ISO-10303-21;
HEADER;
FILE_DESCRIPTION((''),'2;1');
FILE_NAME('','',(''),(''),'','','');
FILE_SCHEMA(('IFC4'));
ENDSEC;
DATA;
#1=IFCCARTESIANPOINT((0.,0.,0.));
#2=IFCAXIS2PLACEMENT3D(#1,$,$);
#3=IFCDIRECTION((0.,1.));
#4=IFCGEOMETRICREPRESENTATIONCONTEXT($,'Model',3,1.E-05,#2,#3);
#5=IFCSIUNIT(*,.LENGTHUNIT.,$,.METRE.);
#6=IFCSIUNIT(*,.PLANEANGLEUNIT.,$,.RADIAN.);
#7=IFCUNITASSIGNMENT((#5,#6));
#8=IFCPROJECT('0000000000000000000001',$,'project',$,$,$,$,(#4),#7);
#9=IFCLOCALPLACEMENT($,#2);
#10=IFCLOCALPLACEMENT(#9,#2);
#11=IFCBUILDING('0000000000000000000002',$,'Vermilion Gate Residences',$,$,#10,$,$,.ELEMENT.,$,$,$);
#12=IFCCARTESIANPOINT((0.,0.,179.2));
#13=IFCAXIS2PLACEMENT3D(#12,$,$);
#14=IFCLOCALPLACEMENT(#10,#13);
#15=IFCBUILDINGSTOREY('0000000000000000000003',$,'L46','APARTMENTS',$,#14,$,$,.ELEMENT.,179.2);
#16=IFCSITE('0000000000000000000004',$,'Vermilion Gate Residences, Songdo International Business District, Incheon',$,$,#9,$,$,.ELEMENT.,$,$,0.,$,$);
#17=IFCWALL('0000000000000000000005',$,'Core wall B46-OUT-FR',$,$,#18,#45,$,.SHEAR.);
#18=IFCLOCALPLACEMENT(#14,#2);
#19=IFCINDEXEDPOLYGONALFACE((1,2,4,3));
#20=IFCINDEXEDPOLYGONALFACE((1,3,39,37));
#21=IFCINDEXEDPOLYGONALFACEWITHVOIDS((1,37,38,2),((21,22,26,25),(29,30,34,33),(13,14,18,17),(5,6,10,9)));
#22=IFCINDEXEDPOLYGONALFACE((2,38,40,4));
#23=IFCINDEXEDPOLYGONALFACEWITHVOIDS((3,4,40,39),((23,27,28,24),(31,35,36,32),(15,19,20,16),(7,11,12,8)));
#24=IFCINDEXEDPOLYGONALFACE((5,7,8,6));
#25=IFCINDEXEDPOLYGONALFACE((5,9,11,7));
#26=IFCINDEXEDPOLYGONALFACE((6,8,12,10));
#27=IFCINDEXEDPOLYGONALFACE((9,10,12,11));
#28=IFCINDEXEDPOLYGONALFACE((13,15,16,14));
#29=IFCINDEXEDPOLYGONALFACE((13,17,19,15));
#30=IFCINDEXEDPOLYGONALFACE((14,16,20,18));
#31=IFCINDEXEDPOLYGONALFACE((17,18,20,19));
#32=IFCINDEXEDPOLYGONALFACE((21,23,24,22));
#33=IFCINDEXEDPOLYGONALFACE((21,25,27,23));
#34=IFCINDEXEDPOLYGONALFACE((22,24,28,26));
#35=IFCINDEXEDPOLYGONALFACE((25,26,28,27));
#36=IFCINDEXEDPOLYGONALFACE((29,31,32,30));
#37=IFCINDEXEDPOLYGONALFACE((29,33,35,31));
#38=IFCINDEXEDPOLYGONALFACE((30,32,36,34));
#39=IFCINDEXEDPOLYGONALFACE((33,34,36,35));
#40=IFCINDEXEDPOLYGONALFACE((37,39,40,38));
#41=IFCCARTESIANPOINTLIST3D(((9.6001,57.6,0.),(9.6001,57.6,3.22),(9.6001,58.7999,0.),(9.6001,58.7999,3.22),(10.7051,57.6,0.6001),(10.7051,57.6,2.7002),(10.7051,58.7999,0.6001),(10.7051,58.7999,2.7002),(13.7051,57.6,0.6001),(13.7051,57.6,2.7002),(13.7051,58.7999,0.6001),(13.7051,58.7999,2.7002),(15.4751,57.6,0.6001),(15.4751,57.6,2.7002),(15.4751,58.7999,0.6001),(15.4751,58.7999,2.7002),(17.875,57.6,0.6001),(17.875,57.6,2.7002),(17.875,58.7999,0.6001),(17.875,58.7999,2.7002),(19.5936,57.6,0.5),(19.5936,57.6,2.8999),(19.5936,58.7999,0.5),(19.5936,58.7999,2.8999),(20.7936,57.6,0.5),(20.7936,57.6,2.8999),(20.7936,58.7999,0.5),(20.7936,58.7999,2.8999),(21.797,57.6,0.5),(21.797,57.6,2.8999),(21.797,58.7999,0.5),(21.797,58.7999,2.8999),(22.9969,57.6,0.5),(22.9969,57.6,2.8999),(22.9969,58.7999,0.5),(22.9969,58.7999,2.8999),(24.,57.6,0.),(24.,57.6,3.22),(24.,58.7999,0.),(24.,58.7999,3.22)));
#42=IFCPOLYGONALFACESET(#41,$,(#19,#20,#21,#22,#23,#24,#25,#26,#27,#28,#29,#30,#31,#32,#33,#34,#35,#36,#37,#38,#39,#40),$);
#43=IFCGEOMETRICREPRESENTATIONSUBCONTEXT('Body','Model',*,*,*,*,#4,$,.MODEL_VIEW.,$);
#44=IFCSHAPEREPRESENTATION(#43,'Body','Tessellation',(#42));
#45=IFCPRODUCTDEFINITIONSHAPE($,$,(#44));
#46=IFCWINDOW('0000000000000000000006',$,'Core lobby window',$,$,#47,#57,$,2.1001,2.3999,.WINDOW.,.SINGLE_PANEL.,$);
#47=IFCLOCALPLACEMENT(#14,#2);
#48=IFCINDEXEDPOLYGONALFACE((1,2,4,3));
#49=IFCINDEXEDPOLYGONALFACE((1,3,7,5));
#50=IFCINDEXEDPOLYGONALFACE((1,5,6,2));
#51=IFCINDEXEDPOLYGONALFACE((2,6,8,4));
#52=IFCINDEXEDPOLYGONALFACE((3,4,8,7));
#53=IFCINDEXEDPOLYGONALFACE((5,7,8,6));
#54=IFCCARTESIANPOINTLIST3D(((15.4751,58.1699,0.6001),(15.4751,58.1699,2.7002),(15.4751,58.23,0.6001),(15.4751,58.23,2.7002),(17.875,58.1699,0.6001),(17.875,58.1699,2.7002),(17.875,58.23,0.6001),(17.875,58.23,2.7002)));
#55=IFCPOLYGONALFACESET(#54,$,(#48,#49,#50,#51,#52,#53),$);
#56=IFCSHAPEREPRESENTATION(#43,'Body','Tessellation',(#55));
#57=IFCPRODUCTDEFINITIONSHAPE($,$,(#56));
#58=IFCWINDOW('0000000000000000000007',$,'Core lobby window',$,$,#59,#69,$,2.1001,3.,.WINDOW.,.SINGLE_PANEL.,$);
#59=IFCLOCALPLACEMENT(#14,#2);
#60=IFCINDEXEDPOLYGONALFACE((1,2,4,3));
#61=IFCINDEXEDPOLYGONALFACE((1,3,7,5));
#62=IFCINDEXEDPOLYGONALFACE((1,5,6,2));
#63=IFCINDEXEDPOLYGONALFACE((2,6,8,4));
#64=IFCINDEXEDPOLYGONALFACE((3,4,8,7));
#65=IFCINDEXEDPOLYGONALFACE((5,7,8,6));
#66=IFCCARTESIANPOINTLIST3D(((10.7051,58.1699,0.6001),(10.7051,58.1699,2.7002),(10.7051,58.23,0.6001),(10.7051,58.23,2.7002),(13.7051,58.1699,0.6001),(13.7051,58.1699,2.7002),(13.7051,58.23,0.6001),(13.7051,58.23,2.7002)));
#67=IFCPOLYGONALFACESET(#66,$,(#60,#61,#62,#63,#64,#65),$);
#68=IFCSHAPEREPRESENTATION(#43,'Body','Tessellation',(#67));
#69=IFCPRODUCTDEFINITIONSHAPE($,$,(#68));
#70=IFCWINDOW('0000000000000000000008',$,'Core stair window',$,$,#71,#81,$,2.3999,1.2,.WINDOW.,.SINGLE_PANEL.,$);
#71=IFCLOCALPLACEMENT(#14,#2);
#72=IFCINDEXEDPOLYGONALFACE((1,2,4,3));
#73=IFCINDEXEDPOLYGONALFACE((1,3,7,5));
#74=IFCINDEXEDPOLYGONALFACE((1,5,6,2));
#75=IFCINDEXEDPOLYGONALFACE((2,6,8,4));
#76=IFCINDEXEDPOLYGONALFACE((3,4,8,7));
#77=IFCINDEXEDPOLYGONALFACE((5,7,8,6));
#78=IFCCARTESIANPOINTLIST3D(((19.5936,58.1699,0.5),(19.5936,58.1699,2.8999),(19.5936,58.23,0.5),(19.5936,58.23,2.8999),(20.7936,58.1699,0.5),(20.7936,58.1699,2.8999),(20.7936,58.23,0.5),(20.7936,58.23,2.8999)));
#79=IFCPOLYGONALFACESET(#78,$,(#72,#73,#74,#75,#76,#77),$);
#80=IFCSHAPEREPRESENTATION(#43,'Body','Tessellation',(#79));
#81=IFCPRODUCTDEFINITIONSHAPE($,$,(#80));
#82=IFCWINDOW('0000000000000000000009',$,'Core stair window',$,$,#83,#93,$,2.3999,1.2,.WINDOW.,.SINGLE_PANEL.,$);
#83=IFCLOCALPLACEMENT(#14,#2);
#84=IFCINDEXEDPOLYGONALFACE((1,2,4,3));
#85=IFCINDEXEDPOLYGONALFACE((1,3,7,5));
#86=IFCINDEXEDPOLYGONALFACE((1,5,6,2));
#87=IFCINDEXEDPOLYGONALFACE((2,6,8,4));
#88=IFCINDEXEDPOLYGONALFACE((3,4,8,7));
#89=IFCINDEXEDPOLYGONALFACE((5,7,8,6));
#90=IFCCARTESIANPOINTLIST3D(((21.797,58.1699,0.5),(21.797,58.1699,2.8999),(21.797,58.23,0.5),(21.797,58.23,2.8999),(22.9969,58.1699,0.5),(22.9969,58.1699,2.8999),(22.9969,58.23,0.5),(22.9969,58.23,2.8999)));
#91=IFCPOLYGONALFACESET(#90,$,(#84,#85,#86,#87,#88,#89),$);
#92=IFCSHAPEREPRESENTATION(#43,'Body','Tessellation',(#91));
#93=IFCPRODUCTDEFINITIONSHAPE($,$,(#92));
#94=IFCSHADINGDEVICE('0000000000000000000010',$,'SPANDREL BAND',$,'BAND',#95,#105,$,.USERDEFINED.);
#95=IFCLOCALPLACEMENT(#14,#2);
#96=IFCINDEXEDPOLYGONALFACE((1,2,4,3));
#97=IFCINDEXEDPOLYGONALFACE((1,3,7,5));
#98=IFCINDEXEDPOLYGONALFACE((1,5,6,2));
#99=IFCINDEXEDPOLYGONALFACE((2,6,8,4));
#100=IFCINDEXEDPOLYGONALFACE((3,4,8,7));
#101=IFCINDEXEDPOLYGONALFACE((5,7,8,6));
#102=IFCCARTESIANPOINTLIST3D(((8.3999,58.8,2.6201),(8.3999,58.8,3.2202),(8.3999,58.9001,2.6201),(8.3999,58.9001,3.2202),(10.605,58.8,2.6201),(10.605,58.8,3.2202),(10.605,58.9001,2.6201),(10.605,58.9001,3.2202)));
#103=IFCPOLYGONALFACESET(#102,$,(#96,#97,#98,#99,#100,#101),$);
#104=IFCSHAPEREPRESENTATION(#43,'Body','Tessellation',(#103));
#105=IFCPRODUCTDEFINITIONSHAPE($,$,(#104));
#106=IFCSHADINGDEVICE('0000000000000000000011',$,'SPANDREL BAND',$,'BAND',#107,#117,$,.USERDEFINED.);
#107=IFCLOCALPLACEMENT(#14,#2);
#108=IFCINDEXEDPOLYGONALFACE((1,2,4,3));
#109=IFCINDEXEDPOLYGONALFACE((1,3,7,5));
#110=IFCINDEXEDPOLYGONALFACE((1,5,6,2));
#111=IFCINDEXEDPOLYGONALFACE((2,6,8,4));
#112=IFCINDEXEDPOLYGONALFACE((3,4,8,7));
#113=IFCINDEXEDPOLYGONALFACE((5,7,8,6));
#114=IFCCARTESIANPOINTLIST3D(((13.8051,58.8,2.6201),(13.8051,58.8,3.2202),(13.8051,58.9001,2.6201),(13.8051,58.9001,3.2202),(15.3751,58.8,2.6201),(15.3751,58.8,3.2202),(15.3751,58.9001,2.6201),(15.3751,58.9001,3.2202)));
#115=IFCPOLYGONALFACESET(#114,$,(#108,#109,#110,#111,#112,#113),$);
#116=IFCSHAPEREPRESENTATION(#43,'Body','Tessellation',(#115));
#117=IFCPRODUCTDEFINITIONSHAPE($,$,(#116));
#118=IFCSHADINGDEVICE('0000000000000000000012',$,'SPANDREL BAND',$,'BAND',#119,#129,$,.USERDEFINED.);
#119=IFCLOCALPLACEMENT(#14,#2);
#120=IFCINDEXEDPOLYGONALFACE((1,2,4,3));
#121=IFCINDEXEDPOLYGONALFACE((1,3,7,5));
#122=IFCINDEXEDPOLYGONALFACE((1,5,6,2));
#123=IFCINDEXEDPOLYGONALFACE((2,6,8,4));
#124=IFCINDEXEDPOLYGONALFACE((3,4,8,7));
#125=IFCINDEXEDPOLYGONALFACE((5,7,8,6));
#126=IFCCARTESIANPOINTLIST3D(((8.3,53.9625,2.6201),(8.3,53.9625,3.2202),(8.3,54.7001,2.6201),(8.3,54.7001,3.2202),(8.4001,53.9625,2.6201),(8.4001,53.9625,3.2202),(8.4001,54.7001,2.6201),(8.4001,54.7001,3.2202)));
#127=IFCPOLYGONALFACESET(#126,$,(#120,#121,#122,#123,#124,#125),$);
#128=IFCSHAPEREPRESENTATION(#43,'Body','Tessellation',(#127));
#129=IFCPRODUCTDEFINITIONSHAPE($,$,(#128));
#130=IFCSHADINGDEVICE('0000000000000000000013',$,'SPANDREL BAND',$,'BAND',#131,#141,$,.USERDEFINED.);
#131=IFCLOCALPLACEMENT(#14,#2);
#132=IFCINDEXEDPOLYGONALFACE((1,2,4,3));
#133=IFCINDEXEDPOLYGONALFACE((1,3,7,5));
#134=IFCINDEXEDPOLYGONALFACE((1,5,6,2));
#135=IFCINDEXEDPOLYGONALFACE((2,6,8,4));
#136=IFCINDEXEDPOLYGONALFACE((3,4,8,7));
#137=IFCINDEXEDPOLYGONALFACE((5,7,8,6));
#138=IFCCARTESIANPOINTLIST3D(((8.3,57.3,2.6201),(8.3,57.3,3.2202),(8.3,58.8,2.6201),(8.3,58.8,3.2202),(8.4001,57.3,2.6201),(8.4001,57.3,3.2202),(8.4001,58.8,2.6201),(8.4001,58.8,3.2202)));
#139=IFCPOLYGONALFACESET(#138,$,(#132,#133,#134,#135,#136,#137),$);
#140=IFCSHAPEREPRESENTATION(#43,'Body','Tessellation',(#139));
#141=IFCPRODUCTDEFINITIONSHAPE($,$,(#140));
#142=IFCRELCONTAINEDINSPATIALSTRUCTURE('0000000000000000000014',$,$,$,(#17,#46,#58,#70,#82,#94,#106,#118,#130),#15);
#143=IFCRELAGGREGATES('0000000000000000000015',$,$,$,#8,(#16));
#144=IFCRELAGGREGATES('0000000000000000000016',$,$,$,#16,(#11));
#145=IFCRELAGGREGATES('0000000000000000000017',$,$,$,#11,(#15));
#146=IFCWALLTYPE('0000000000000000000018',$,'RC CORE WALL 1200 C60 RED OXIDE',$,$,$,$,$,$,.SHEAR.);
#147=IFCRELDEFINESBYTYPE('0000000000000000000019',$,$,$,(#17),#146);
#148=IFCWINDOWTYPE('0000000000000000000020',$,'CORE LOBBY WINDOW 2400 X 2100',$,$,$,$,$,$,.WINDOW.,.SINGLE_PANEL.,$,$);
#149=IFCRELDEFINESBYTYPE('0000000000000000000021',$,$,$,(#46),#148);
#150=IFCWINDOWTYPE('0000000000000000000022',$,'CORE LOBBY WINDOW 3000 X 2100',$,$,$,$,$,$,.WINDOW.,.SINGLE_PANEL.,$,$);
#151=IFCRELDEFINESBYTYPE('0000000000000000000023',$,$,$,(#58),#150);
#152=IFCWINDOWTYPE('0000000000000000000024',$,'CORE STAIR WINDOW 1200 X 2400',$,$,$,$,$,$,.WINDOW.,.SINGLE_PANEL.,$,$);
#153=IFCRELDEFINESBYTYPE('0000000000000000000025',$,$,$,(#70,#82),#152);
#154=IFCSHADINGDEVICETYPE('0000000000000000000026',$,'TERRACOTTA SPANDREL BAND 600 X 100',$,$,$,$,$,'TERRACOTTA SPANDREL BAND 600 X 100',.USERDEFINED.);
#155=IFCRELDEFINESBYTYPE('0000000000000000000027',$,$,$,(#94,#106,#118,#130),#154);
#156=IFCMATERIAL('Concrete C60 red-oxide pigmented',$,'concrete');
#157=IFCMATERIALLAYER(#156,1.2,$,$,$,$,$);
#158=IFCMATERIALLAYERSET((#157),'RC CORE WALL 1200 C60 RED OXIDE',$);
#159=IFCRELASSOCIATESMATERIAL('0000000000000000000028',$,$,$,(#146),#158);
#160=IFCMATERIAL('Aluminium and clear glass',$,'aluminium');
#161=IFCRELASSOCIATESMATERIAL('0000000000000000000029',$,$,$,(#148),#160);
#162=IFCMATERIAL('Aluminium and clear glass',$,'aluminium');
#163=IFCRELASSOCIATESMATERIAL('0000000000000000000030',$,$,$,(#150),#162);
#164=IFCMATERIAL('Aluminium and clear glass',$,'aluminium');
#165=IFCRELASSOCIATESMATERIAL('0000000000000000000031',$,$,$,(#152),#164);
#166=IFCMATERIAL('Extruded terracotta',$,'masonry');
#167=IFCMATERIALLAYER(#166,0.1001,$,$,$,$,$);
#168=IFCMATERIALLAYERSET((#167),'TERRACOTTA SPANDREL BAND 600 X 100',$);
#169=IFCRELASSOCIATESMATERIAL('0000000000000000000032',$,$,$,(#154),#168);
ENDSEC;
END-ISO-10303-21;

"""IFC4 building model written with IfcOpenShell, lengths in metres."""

from ifc_helpers import new_model, si_unit, direction, frame, frame_2d, origin, origin_2d, place, context, subcontext, project, spatial, rectangle, extrude, material, layer, layer_set, type_object, element, fill, save


model = new_model("IFC4")

# Units and contexts
model_context = context("Model", 3, precision=1e-05, world=origin(), true_north=direction((0.0, 1.0)))
body_context = subcontext(model_context, "Body", "Model", "MODEL_VIEW")
ifc_project = project(units=[si_unit("LENGTHUNIT", "METRE"), si_unit("PLANEANGLEUNIT", "RADIAN")], contexts=[model_context])

# Site, building, storey
site_placement = place(None, origin())
site = spatial("IfcSite", under=ifc_project, at=site_placement, Name="Vermilion Gate Residences, Songdo International Business District, Incheon", CompositionType="ELEMENT", RefElevation=0.0)
building_placement = place(site_placement, origin())
building = spatial("IfcBuilding", under=site, at=building_placement, Name="Vermilion Gate Residences", CompositionType="ELEMENT")
storey_placement = place(building_placement, frame((0.0, 0.0, 179.2)))
storey = spatial("IfcBuildingStorey", under=building, at=storey_placement, Name="L46", Description="APARTMENTS", CompositionType="ELEMENT", Elevation=179.2)

# Wall, openings, windows
ifc_material_1 = material(Name="Concrete C60 red-oxide pigmented", Category="concrete")
ifc_layer_1 = layer(ifc_material_1, 1.2)
ifc_layer_set_1 = layer_set([ifc_layer_1], Name="RC CORE WALL 1200 C60 RED OXIDE")
wall_type_1 = type_object("IfcWallType", Name="RC CORE WALL 1200 C60 RED OXIDE", PredefinedType="SHEAR", material=ifc_layer_set_1)
ifc_material_2 = material(Name="Aluminium and clear glass", Category="aluminium")
window_type_1 = type_object("IfcWindowType", Name="CORE LOBBY WINDOW 2400 X 2100", PartitioningType="SINGLE_PANEL", PredefinedType="WINDOW", material=ifc_material_2)
wall_1_placement = place(storey_placement, frame((9.6001, 58.2, 0.0), z_axis=(0.0, 0.0, 1.0), x_axis=(1.0, 0.0, 0.0)))
wall_1 = element("IfcWall", 1, at=wall_1_placement, inside=storey, type_object=wall_type_1, Name="Core wall B46-OUT-FR", PredefinedType="SHEAR", context=body_context, shape_type="SweptSolid", body=[
    extrude(rectangle(XDim=14.3999, YDim=1.2, at=frame_2d((7.2, 0.0))), origin(), (0.0, 0.0, 1.0), 3.22),
])
opening_1_placement = place(wall_1_placement, frame((1.105, 0.0, 0.6001)))
opening_1 = element("IfcOpeningElement", 2, at=opening_1_placement, cuts=wall_1, PredefinedType="OPENING", context=body_context, shape_type="SweptSolid", body=[
    extrude(rectangle(XDim=3.0, YDim=2.1001, at=frame_2d((1.5, 1.05))), frame((0.0, 0.6099, 0.0), z_axis=(0.0, -1.0, 0.0), x_axis=(1.0, 0.0, 0.0)), (0.0, 0.0, 1.0), 1.22),
])
opening_2_placement = place(wall_1_placement, frame((5.875, 0.0, 0.6001)))
opening_2 = element("IfcOpeningElement", 3, at=opening_2_placement, cuts=wall_1, PredefinedType="OPENING", context=body_context, shape_type="SweptSolid", body=[
    extrude(rectangle(XDim=2.3999, YDim=2.1001, at=frame_2d((1.2, 1.05))), frame((0.0, 0.6099, 0.0), z_axis=(0.0, -1.0, 0.0), x_axis=(1.0, 0.0, 0.0)), (0.0, 0.0, 1.0), 1.22),
])
opening_3_placement = place(wall_1_placement, frame((9.9934, 0.0, 0.5)))
opening_3 = element("IfcOpeningElement", 4, at=opening_3_placement, cuts=wall_1, PredefinedType="OPENING", context=body_context, shape_type="SweptSolid", body=[
    extrude(rectangle(XDim=1.2, YDim=2.3999, at=frame_2d((0.6001, 1.2))), frame((0.0, 0.6099, 0.0), z_axis=(0.0, -1.0, 0.0), x_axis=(1.0, 0.0, 0.0)), (0.0, 0.0, 1.0), 1.22),
])
opening_4_placement = place(wall_1_placement, frame((12.1968, 0.0, 0.5)))
opening_4 = element("IfcOpeningElement", 5, at=opening_4_placement, cuts=wall_1, PredefinedType="OPENING", context=body_context, shape_type="SweptSolid", body=[
    extrude(rectangle(XDim=1.2, YDim=2.3999, at=frame_2d((0.6001, 1.2))), frame((0.0, 0.6099, 0.0), z_axis=(0.0, -1.0, 0.0), x_axis=(1.0, 0.0, 0.0)), (0.0, 0.0, 1.0), 1.22),
])
window_1_placement = place(opening_2_placement, origin())
window_1 = element("IfcWindow", 6, at=window_1_placement, inside=storey, type_object=window_type_1, Name="Core lobby window", OverallHeight=2.1001, OverallWidth=2.3999, PartitioningType="SINGLE_PANEL", PredefinedType="WINDOW", context=body_context, shape_type="SweptSolid", body=[
    extrude(rectangle(XDim=2.3999, YDim=2.1001, at=frame_2d((1.2, 1.05))), frame((0.0, 0.03, 0.0), z_axis=(0.0, -1.0, 0.0), x_axis=(1.0, 0.0, 0.0)), (0.0, 0.0, 1.0), 0.0601),
])
fill(opening_2, window_1)
ifc_material_3 = material(Name="Aluminium and clear glass", Category="aluminium")
window_type_2 = type_object("IfcWindowType", Name="CORE LOBBY WINDOW 3000 X 2100", PartitioningType="SINGLE_PANEL", PredefinedType="WINDOW", material=ifc_material_3)
window_2_placement = place(opening_1_placement, origin())
window_2 = element("IfcWindow", 7, at=window_2_placement, inside=storey, type_object=window_type_2, Name="Core lobby window", OverallHeight=2.1001, OverallWidth=3.0, PartitioningType="SINGLE_PANEL", PredefinedType="WINDOW", context=body_context, shape_type="SweptSolid", body=[
    extrude(rectangle(XDim=3.0, YDim=2.1001, at=frame_2d((1.5, 1.05))), frame((0.0, 0.03, 0.0), z_axis=(0.0, -1.0, 0.0), x_axis=(1.0, 0.0, 0.0)), (0.0, 0.0, 1.0), 0.0601),
])
fill(opening_1, window_2)
ifc_material_4 = material(Name="Aluminium and clear glass", Category="aluminium")
window_type_3 = type_object("IfcWindowType", Name="CORE STAIR WINDOW 1200 X 2400", PartitioningType="SINGLE_PANEL", PredefinedType="WINDOW", material=ifc_material_4)
window_3_placement = place(opening_3_placement, origin())
window_3 = element("IfcWindow", 8, at=window_3_placement, inside=storey, type_object=window_type_3, Name="Core stair window", OverallHeight=2.3999, OverallWidth=1.2, PartitioningType="SINGLE_PANEL", PredefinedType="WINDOW", context=body_context, shape_type="SweptSolid", body=[
    extrude(rectangle(XDim=1.2, YDim=2.3999, at=frame_2d((0.6001, 1.2))), frame((0.0, 0.03, 0.0), z_axis=(0.0, -1.0, 0.0), x_axis=(1.0, 0.0, 0.0)), (0.0, 0.0, 1.0), 0.0601),
])
fill(opening_3, window_3)
window_4_placement = place(opening_4_placement, origin())
window_4 = element("IfcWindow", 9, at=window_4_placement, inside=storey, type_object=window_type_3, Name="Core stair window", OverallHeight=2.3999, OverallWidth=1.2, PartitioningType="SINGLE_PANEL", PredefinedType="WINDOW", context=body_context, shape_type="SweptSolid", body=[
    extrude(rectangle(XDim=1.2, YDim=2.3999, at=frame_2d((0.6001, 1.2))), frame((0.0, 0.03, 0.0), z_axis=(0.0, -1.0, 0.0), x_axis=(1.0, 0.0, 0.0)), (0.0, 0.0, 1.0), 0.0601),
])
fill(opening_4, window_4)

# Shading devices
ifc_material_5 = material(Name="Extruded terracotta", Category="masonry")
ifc_layer_2 = layer(ifc_material_5, 0.1001)
ifc_layer_set_2 = layer_set([ifc_layer_2], Name="TERRACOTTA SPANDREL BAND 600 X 100")
shading_device_type = type_object("IfcShadingDeviceType", Name="TERRACOTTA SPANDREL BAND 600 X 100", ElementType="TERRACOTTA SPANDREL BAND 600 X 100", PredefinedType="USERDEFINED", material=ifc_layer_set_2)
shading_device_1_placement = place(storey_placement, frame((9.5024, 58.8501, 2.6201), z_axis=(0.0, 0.0, 1.0), x_axis=(1.0, 0.0, 0.0)))
element("IfcShadingDevice", 10, at=shading_device_1_placement, inside=storey, type_object=shading_device_type, Name="SPANDREL BAND", ObjectType="BAND", PredefinedType="USERDEFINED", context=body_context, shape_type="SweptSolid", body=[
    extrude(rectangle(XDim=2.2051, YDim=0.1001, at=origin_2d()), origin(), (0.0, 0.0, 1.0), 0.6001),
])
shading_device_2_placement = place(storey_placement, frame((14.5901, 58.8501, 2.6201), z_axis=(0.0, 0.0, 1.0), x_axis=(1.0, 0.0, 0.0)))
element("IfcShadingDevice", 11, at=shading_device_2_placement, inside=storey, type_object=shading_device_type, Name="SPANDREL BAND", ObjectType="BAND", PredefinedType="USERDEFINED", context=body_context, shape_type="SweptSolid", body=[
    extrude(rectangle(XDim=1.5701, YDim=0.1001, at=origin_2d()), origin(), (0.0, 0.0, 1.0), 0.6001),
])
shading_device_3_placement = place(storey_placement, frame((8.3501, 54.3313, 2.6201), z_axis=(0.0, 0.0, 1.0), x_axis=(0.0, 1.0, 0.0)))
element("IfcShadingDevice", 12, at=shading_device_3_placement, inside=storey, type_object=shading_device_type, Name="SPANDREL BAND", ObjectType="BAND", PredefinedType="USERDEFINED", context=body_context, shape_type="SweptSolid", body=[
    extrude(rectangle(XDim=0.7375, YDim=0.1001, at=origin_2d()), origin(), (0.0, 0.0, 1.0), 0.6001),
])
shading_device_4_placement = place(storey_placement, frame((8.3501, 58.05, 2.6201), z_axis=(0.0, 0.0, 1.0), x_axis=(0.0, 1.0, 0.0)))
element("IfcShadingDevice", 13, at=shading_device_4_placement, inside=storey, type_object=shading_device_type, Name="SPANDREL BAND", ObjectType="BAND", PredefinedType="USERDEFINED", context=body_context, shape_type="SweptSolid", body=[
    extrude(rectangle(XDim=1.5, YDim=0.1001, at=origin_2d()), origin(), (0.0, 0.0, 1.0), 0.6001),
])

save(model, "model.ifc")
